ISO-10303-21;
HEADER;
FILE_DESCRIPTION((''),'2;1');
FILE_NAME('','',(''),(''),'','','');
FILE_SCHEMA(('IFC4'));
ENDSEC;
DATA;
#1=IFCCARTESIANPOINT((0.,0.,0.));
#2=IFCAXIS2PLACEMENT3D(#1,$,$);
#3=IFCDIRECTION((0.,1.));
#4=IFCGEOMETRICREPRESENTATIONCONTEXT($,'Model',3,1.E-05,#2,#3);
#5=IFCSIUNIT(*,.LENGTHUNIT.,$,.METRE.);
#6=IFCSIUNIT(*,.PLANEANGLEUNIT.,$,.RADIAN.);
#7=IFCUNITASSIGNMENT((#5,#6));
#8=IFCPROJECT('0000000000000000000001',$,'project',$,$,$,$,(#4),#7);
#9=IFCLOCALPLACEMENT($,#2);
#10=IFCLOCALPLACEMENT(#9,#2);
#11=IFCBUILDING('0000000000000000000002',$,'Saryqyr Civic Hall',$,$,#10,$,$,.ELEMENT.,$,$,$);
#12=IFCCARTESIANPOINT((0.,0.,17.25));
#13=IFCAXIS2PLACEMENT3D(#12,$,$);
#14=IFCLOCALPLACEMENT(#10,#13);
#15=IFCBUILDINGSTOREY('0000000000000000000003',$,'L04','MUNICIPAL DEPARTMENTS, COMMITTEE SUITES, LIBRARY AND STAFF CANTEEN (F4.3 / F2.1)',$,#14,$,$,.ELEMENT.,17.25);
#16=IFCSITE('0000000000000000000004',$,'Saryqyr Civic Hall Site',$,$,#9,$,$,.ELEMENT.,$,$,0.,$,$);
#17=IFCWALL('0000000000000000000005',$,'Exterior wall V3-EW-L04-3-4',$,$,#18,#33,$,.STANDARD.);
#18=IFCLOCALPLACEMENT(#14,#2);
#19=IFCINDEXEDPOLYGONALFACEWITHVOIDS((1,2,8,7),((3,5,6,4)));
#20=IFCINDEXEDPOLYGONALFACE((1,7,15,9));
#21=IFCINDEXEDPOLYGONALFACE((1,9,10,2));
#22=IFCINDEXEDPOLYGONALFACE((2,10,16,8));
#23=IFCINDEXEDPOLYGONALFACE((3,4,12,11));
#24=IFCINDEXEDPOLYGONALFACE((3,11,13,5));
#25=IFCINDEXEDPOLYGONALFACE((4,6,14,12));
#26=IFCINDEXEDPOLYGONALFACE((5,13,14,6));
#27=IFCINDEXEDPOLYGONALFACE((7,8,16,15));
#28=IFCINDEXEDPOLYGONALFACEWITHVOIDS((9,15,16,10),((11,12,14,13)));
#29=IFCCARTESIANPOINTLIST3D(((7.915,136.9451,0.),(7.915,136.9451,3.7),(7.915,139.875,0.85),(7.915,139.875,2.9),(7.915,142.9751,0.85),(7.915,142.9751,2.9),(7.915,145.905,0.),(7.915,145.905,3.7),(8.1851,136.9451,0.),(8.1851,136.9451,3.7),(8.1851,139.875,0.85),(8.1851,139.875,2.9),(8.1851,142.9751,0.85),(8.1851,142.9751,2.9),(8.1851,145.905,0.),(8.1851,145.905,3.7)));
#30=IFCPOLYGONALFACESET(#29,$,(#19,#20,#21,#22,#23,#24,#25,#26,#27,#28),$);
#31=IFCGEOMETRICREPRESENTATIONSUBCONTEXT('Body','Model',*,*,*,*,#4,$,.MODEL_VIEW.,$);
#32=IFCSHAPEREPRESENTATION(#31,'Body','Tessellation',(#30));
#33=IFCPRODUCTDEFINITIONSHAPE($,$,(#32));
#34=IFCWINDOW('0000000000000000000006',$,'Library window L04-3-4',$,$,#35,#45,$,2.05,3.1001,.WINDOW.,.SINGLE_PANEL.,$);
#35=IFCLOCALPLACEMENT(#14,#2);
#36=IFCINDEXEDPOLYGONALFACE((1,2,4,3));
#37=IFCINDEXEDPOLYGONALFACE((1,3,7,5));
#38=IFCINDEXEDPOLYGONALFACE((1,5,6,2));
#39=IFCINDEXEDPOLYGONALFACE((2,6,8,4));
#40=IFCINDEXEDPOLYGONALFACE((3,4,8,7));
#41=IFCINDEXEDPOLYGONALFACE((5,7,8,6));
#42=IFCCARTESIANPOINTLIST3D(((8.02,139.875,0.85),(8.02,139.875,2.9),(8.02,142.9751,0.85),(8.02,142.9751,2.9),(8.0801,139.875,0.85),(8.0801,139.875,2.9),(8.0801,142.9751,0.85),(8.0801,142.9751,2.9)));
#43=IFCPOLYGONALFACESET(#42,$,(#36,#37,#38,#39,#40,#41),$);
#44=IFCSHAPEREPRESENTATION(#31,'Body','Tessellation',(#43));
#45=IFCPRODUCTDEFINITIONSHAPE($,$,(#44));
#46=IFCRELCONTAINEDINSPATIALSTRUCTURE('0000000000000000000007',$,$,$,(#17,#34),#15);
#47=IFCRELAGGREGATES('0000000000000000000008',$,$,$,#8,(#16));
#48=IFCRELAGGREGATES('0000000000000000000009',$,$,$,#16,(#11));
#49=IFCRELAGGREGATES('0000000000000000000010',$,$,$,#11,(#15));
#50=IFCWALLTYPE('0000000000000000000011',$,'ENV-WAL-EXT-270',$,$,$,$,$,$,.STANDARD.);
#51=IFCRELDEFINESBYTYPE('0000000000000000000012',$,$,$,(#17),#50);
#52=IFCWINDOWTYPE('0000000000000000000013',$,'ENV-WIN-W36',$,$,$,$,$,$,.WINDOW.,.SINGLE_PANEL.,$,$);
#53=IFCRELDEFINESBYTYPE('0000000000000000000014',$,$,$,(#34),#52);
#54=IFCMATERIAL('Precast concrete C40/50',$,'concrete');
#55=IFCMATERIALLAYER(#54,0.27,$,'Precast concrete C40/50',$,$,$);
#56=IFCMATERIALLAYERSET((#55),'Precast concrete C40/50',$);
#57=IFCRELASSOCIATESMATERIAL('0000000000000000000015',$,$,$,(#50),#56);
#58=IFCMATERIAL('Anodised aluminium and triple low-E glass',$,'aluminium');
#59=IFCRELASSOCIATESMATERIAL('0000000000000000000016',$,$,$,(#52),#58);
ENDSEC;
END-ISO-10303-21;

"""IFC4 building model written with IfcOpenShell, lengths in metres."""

from ifc_helpers import new_model, si_unit, direction, frame, frame_2d, origin, place, context, subcontext, project, spatial, rectangle, extrude, material, layer, layer_set, type_object, element, fill, save


model = new_model("IFC4")

# Units and contexts
model_context = context("Model", 3, precision=1e-05, world=origin(), true_north=direction((0.0, 1.0)))
body_context = subcontext(model_context, "Body", "Model", "MODEL_VIEW")
ifc_project = project(units=[si_unit("LENGTHUNIT", "METRE"), si_unit("PLANEANGLEUNIT", "RADIAN")], contexts=[model_context])

# Site, building, storey
site_placement = place(None, origin())
site = spatial("IfcSite", under=ifc_project, at=site_placement, Name="Saryqyr Civic Hall Site", CompositionType="ELEMENT", RefElevation=0.0)
building_placement = place(site_placement, origin())
building = spatial("IfcBuilding", under=site, at=building_placement, Name="Saryqyr Civic Hall", CompositionType="ELEMENT")
storey_placement = place(building_placement, frame((0.0, 0.0, 17.25)))
storey = spatial("IfcBuildingStorey", under=building, at=storey_placement, Name="L04", Description="MUNICIPAL DEPARTMENTS, COMMITTEE SUITES, LIBRARY AND STAFF CANTEEN (F4.3 / F2.1)", CompositionType="ELEMENT", Elevation=17.25)

# Shared definitions
ifc_material_1 = material(Name="Anodised aluminium and triple low-E glass", Category="aluminium")

# Wall, opening, window
ifc_material_2 = material(Name="Precast concrete C40/50", Category="concrete")
ifc_layer_1 = layer(ifc_material_2, 0.27, Name="Precast concrete C40/50")
ifc_layer_set_1 = layer_set([ifc_layer_1], Name="Precast concrete C40/50")
wall_type = type_object("IfcWallType", Name="ENV-WAL-EXT-270", PredefinedType="STANDARD", material=ifc_layer_set_1)
wall_placement = place(storey_placement, frame((8.05, 136.9451, 0.0), z_axis=(0.0, 0.0, 1.0), x_axis=(0.0, 1.0, 0.0)))
wall = element("IfcWall", 1, at=wall_placement, inside=storey, type_object=wall_type, Name="Exterior wall V3-EW-L04-3-4", PredefinedType="STANDARD", context=body_context, shape_type="SweptSolid", body=[
    extrude(rectangle(XDim=8.96, YDim=0.27, at=frame_2d((4.48, 0.0))), origin(), (0.0, 0.0, 1.0), 3.7),
])
opening_placement = place(wall_placement, frame((2.9299, 0.0, 0.8501)))
opening = element("IfcOpeningElement", 2, at=opening_placement, cuts=wall, PredefinedType="OPENING", context=body_context, shape_type="SweptSolid", body=[
    extrude(rectangle(XDim=3.1001, YDim=2.05, at=frame_2d((1.55, 1.0249))), frame((0.0, 0.145, 0.0), z_axis=(0.0, -1.0, 0.0), x_axis=(1.0, 0.0, 0.0)), (0.0, 0.0, 1.0), 0.29),
])
window_type = type_object("IfcWindowType", Name="ENV-WIN-W36", PartitioningType="SINGLE_PANEL", PredefinedType="WINDOW", material=ifc_material_1)
window_placement = place(opening_placement, origin())
window = element("IfcWindow", 3, at=window_placement, inside=storey, type_object=window_type, Name="Library window L04-3-4", OverallHeight=2.05, OverallWidth=3.1001, PartitioningType="SINGLE_PANEL", PredefinedType="WINDOW", context=body_context, shape_type="SweptSolid", body=[
    extrude(rectangle(XDim=3.1001, YDim=2.05, at=frame_2d((1.55, 1.0249))), frame((0.0, 0.03, 0.0), z_axis=(0.0, -1.0, 0.0), x_axis=(1.0, 0.0, 0.0)), (0.0, 0.0, 1.0), 0.0601),
])
fill(opening, window)

save(model, "model.ifc")
